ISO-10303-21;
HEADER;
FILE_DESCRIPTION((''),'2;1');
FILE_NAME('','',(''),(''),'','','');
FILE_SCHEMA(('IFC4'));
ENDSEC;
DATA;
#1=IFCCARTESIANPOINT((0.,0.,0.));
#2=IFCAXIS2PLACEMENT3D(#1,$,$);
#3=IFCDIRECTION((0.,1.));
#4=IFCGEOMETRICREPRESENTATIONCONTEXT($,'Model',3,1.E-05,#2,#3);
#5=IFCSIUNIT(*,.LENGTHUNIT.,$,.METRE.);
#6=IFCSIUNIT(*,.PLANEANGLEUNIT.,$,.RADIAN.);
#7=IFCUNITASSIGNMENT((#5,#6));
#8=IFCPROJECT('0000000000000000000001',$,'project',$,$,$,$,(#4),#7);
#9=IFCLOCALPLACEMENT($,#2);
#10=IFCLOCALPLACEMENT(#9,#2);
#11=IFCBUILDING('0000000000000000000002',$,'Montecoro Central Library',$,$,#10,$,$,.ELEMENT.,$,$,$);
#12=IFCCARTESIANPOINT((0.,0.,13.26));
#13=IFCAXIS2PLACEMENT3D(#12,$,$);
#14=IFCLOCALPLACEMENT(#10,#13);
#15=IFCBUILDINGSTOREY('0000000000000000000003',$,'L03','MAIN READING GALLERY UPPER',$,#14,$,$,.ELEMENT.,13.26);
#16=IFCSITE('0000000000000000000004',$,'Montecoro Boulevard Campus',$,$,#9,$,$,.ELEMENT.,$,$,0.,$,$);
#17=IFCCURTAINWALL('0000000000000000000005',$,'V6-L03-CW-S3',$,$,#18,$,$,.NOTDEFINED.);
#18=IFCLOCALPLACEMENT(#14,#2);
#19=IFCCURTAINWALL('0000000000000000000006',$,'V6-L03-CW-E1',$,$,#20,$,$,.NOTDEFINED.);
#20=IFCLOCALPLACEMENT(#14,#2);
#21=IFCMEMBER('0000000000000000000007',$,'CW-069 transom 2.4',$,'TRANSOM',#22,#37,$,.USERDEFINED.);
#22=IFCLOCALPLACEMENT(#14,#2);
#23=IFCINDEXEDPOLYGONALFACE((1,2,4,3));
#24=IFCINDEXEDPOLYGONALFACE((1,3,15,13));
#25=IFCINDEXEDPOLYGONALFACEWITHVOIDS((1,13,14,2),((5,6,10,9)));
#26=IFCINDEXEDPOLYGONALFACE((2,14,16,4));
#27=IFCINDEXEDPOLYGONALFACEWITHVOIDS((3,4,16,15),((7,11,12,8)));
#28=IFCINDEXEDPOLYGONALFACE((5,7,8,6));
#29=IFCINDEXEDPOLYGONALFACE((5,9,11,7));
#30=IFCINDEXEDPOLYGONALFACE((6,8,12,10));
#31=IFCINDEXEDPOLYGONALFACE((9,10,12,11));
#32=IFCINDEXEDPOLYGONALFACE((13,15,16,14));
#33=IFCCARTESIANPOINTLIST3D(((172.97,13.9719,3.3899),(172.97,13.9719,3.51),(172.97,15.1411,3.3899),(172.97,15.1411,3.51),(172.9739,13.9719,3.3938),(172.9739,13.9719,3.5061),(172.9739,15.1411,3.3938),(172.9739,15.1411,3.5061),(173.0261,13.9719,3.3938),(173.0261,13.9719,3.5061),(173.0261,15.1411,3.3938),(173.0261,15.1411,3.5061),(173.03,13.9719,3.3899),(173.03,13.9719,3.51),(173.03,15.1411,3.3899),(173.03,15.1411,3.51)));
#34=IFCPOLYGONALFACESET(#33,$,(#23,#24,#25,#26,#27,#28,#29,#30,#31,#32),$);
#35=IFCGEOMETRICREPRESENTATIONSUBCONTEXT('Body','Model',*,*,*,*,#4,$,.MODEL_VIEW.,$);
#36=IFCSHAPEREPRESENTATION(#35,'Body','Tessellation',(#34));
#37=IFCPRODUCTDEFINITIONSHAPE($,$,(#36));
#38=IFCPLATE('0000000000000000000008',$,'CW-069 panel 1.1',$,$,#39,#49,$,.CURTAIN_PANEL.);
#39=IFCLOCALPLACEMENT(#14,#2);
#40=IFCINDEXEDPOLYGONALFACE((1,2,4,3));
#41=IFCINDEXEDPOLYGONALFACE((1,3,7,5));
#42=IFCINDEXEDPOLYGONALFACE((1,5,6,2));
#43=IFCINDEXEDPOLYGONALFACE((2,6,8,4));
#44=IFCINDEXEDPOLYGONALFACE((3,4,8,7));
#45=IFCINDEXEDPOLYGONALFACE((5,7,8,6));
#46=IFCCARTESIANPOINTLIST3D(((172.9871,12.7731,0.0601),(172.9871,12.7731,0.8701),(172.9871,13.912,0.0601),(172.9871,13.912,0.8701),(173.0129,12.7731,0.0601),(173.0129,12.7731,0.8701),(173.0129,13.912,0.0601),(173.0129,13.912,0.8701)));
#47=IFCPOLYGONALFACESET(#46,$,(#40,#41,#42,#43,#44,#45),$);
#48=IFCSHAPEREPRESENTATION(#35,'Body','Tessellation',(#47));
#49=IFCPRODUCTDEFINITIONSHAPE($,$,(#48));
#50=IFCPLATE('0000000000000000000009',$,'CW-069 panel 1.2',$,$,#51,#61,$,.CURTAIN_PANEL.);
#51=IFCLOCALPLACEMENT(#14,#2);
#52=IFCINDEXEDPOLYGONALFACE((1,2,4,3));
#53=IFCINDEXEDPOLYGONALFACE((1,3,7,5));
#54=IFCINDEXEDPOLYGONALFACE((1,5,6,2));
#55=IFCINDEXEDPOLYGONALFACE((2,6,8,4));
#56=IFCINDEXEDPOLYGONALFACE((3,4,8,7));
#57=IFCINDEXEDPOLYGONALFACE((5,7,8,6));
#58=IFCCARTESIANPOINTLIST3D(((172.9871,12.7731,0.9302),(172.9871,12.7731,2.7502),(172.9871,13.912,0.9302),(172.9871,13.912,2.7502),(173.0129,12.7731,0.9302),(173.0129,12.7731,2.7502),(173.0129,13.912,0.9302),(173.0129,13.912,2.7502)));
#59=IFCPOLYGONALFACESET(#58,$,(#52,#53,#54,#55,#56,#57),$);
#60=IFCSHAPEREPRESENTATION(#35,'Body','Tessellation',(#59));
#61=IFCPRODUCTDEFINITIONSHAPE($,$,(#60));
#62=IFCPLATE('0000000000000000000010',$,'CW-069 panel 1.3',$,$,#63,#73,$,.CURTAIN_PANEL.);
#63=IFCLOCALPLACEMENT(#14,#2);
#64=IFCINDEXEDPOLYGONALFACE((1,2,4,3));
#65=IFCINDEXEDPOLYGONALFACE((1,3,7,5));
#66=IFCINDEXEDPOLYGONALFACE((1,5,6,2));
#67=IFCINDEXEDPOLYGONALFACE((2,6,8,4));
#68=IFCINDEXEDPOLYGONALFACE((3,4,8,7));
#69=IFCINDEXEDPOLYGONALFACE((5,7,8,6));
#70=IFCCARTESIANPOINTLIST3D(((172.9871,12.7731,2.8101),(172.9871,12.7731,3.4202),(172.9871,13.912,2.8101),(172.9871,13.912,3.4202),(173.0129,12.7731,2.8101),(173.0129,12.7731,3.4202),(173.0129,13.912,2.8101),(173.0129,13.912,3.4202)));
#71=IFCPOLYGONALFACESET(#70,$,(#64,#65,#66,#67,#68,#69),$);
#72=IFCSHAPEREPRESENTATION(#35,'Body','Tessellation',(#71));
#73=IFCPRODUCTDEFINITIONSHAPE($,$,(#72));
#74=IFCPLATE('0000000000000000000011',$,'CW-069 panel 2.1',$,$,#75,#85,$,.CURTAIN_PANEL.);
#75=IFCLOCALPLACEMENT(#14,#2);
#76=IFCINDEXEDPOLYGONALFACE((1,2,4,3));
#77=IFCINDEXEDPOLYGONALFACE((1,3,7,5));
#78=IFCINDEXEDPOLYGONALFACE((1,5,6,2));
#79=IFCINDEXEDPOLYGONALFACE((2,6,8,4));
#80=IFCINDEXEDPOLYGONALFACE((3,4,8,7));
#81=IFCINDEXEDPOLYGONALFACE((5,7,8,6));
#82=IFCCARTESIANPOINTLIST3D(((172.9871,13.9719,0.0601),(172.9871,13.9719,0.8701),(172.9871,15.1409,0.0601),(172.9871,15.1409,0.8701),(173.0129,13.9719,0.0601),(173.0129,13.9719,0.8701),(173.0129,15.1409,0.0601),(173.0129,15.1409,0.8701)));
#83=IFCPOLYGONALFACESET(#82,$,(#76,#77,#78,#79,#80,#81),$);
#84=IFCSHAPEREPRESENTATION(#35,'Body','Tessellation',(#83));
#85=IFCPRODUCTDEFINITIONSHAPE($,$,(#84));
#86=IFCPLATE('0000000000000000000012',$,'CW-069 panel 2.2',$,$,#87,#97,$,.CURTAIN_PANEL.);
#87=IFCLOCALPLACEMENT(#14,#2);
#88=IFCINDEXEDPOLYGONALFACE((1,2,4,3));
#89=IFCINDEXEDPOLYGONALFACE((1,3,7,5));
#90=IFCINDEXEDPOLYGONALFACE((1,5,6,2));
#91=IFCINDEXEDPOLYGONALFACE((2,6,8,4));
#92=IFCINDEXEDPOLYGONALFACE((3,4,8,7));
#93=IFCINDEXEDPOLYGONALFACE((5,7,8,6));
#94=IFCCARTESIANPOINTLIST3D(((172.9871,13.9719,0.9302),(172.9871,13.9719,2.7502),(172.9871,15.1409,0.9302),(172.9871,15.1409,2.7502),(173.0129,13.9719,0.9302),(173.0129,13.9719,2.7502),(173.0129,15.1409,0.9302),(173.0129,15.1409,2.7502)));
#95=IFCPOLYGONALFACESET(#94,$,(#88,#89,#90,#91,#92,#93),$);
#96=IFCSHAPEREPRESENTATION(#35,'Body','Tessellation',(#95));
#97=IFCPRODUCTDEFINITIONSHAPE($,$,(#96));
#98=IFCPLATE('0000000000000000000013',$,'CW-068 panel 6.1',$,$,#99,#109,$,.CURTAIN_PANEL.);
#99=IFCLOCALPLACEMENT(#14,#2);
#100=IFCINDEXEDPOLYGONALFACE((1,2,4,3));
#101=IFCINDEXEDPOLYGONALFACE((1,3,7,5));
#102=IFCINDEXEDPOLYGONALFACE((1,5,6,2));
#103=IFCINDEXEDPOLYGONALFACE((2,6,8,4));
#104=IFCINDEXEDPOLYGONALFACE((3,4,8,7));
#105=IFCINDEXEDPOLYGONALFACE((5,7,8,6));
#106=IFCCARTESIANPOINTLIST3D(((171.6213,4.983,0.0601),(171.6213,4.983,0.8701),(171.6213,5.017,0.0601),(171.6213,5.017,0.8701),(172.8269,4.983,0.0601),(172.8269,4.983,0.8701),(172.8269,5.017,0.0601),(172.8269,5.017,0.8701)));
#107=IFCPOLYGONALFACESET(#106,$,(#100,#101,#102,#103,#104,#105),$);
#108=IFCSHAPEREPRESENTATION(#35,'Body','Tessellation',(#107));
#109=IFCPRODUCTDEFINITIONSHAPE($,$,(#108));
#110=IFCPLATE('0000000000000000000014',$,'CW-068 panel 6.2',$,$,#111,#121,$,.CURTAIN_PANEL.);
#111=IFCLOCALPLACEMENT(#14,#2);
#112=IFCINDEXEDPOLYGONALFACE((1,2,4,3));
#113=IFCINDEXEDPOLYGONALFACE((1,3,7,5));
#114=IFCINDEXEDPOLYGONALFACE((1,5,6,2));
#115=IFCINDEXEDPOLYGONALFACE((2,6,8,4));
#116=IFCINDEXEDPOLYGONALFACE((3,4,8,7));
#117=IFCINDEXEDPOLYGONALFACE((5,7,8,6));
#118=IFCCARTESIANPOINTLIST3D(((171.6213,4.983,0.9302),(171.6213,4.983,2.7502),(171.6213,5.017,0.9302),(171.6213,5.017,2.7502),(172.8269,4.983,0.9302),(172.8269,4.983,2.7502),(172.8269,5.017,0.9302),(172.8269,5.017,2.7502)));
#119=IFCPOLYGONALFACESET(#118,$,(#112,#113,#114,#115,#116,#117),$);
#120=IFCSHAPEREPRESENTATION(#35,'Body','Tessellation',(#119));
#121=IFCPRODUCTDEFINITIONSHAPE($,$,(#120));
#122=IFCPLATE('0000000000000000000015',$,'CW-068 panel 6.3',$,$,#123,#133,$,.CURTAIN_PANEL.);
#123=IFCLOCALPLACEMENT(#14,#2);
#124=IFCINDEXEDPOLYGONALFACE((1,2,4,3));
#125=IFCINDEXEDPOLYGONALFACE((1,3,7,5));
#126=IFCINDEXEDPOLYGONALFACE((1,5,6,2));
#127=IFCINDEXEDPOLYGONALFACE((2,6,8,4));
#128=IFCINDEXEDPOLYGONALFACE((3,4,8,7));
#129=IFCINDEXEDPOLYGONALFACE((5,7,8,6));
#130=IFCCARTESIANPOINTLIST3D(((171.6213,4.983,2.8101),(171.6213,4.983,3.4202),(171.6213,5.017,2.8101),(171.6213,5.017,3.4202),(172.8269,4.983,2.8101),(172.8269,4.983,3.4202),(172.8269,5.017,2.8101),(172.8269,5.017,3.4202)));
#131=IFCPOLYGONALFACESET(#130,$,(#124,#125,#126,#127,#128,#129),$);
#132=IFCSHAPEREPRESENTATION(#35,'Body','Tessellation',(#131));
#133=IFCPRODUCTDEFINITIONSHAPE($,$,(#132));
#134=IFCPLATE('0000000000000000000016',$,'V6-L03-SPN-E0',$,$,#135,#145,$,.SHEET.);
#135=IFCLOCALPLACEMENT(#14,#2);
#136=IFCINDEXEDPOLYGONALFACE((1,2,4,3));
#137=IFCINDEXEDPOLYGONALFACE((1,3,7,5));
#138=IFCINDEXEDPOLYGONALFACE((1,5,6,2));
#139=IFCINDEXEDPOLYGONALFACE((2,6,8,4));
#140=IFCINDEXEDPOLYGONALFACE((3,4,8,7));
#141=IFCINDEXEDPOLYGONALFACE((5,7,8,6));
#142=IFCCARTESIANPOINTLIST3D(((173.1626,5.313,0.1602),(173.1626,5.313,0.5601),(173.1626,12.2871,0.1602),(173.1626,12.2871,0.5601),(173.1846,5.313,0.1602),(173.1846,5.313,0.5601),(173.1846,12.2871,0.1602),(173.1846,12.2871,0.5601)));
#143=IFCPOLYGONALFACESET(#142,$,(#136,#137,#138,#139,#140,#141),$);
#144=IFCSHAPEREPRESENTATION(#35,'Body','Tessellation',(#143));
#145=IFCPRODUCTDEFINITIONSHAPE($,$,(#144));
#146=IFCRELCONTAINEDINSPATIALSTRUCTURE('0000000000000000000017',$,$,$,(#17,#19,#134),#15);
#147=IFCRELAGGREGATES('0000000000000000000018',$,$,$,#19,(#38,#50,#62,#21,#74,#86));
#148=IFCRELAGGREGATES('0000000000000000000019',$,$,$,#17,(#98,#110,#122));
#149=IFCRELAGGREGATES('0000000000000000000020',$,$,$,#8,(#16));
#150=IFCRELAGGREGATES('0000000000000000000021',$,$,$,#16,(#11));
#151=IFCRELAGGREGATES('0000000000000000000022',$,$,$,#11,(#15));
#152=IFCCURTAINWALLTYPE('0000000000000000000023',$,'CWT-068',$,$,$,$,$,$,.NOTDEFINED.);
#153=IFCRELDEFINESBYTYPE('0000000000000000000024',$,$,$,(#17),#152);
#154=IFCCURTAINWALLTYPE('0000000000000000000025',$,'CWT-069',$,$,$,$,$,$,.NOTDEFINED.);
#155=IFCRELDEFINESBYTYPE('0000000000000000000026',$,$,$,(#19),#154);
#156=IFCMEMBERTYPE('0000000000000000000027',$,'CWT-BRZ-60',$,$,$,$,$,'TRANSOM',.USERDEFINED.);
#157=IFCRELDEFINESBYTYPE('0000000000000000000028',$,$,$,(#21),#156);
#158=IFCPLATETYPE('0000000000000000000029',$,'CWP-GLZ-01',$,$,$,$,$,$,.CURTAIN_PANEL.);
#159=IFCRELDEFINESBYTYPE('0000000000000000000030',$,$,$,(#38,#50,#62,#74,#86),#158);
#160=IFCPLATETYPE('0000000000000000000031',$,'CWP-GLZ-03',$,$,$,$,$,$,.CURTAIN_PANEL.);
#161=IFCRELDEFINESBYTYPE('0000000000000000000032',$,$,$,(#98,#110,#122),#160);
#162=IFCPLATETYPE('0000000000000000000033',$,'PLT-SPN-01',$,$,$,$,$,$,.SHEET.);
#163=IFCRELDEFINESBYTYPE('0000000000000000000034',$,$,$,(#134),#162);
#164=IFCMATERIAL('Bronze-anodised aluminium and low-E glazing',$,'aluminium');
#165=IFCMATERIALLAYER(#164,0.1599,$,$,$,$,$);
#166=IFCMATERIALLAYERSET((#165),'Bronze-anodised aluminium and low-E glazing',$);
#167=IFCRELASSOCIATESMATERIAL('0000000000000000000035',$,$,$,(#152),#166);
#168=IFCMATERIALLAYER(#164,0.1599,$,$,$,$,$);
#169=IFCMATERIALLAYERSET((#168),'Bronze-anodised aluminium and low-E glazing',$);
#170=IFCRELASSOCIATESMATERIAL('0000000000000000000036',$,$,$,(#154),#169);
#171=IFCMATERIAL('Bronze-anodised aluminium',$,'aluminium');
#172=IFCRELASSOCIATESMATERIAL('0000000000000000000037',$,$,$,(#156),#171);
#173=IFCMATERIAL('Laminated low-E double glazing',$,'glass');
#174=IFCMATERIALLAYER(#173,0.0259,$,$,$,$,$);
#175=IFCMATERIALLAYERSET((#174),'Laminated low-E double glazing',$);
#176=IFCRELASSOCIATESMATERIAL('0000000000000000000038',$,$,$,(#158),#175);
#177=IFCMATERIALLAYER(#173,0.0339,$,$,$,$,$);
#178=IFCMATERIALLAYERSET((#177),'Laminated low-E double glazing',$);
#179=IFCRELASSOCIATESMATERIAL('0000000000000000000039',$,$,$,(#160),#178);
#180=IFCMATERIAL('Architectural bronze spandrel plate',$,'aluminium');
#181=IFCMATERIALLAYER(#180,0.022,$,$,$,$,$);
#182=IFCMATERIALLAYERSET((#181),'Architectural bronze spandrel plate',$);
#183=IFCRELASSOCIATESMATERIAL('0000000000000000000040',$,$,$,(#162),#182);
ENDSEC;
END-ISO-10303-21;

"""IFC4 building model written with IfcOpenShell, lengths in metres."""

from ifc_helpers import new_model, si_unit, direction, frame, origin, origin_2d, place, context, subcontext, project, spatial, rectangle, hollow_rectangle, extrude, material, layer, layer_set, material_profile, profile_set, type_object, element, aggregate, save


model = new_model("IFC4")

# Units and contexts
model_context = context("Model", 3, precision=1e-05, world=origin(), true_north=direction((0.0, 1.0)))
body_context = subcontext(model_context, "Body", "Model", "MODEL_VIEW")
ifc_project = project(units=[si_unit("LENGTHUNIT", "METRE"), si_unit("PLANEANGLEUNIT", "RADIAN")], contexts=[model_context])

# Site, building, storey
site_placement = place(None, origin())
site = spatial("IfcSite", under=ifc_project, at=site_placement, Name="Montecoro Boulevard Campus", CompositionType="ELEMENT", RefElevation=0.0)
building_placement = place(site_placement, origin())
building = spatial("IfcBuilding", under=site, at=building_placement, Name="Montecoro Central Library", CompositionType="ELEMENT")
storey_placement = place(building_placement, frame((0.0, 0.0, 13.26)))
storey = spatial("IfcBuildingStorey", under=building, at=storey_placement, Name="L03", Description="MAIN READING GALLERY UPPER", CompositionType="ELEMENT", Elevation=13.26)

# Curtain wall
ifc_material_1 = material(Name="Bronze-anodised aluminium and low-E glazing", Category="aluminium")
ifc_layer_1 = layer(ifc_material_1, 0.1599)
ifc_layer_set_1 = layer_set([ifc_layer_1], Name="Bronze-anodised aluminium and low-E glazing")
curtain_wall_type_1 = type_object("IfcCurtainWallType", Name="CWT-068", PredefinedType="NOTDEFINED", material=ifc_layer_set_1)
curtain_wall_1_placement = place(storey_placement, origin())
curtain_wall_1 = element("IfcCurtainWall", 1, at=curtain_wall_1_placement, inside=storey, type_object=curtain_wall_type_1, Name="V6-L03-CW-S3", PredefinedType="NOTDEFINED")
ifc_material_2 = material(Name="Bronze-anodised aluminium", Category="aluminium")

# Curtain wall
ifc_layer_2 = layer(ifc_material_1, 0.1599)
ifc_layer_set_2 = layer_set([ifc_layer_2], Name="Bronze-anodised aluminium and low-E glazing")
curtain_wall_type_2 = type_object("IfcCurtainWallType", Name="CWT-069", PredefinedType="NOTDEFINED", material=ifc_layer_set_2)
curtain_wall_2_placement = place(storey_placement, origin())
curtain_wall_2 = element("IfcCurtainWall", 2, at=curtain_wall_2_placement, inside=storey, type_object=curtain_wall_type_2, Name="V6-L03-CW-E1", PredefinedType="NOTDEFINED")

# Member
ifc_material_profile_1 = material_profile(ifc_material_2, hollow_rectangle(XDim=0.0601, YDim=0.1201, WallThickness=0.0039, at=origin_2d()), Name="CWT 120x60x4.0")
ifc_profile_set_1 = profile_set([ifc_material_profile_1], Name="Bronze-anodised aluminium")
member_type_1 = type_object("IfcMemberType", Name="CWT-BRZ-60", ElementType="TRANSOM", PredefinedType="USERDEFINED", material=ifc_profile_set_1)
member_1_placement = place(storey_placement, frame((173.0, 13.9719, 3.45), z_axis=(0.0, 1.0, 0.0), x_axis=(-1.0, 0.0, 0.0)))
member_1 = element("IfcMember", 3, at=member_1_placement, type_object=member_type_1, Name="CW-069 transom 2.4", ObjectType="TRANSOM", PredefinedType="USERDEFINED", context=body_context, shape_type="SweptSolid", body=[
    extrude(hollow_rectangle(XDim=0.0601, YDim=0.1201, WallThickness=0.0039, at=origin_2d()), origin(), (0.0, 0.0, 1.0), 1.1692),
])

# Plates
ifc_material_3 = material(Name="Laminated low-E double glazing", Category="glass")
ifc_layer_3 = layer(ifc_material_3, 0.0259)
ifc_layer_set_3 = layer_set([ifc_layer_3], Name="Laminated low-E double glazing")
plate_type_1 = type_object("IfcPlateType", Name="CWP-GLZ-01", PredefinedType="CURTAIN_PANEL", material=ifc_layer_set_3)
plate_1_placement = place(storey_placement, frame((173.0, 13.3425, 0.0601), z_axis=(0.0, 0.0, 1.0), x_axis=(0.0, 1.0, 0.0)))
plate_1 = element("IfcPlate", 4, at=plate_1_placement, type_object=plate_type_1, Name="CW-069 panel 1.1", PredefinedType="CURTAIN_PANEL", context=body_context, shape_type="SweptSolid", body=[
    extrude(rectangle(XDim=1.1389, YDim=0.0259, at=origin_2d()), origin(), (0.0, 0.0, 1.0), 0.8101),
])
plate_2_placement = place(storey_placement, frame((173.0, 13.3425, 0.9302), z_axis=(0.0, 0.0, 1.0), x_axis=(0.0, 1.0, 0.0)))
plate_2 = element("IfcPlate", 5, at=plate_2_placement, type_object=plate_type_1, Name="CW-069 panel 1.2", PredefinedType="CURTAIN_PANEL", context=body_context, shape_type="SweptSolid", body=[
    extrude(rectangle(XDim=1.1389, YDim=0.0259, at=origin_2d()), origin(), (0.0, 0.0, 1.0), 1.8201),
])
plate_3_placement = place(storey_placement, frame((173.0, 13.3425, 2.8101), z_axis=(0.0, 0.0, 1.0), x_axis=(0.0, 1.0, 0.0)))
plate_3 = element("IfcPlate", 6, at=plate_3_placement, type_object=plate_type_1, Name="CW-069 panel 1.3", PredefinedType="CURTAIN_PANEL", context=body_context, shape_type="SweptSolid", body=[
    extrude(rectangle(XDim=1.1389, YDim=0.0259, at=origin_2d()), origin(), (0.0, 0.0, 1.0), 0.6101),
])
plate_4_placement = place(storey_placement, frame((173.0, 14.5564, 0.0601), z_axis=(0.0, 0.0, 1.0), x_axis=(0.0, 1.0, 0.0)))
plate_4 = element("IfcPlate", 7, at=plate_4_placement, type_object=plate_type_1, Name="CW-069 panel 2.1", PredefinedType="CURTAIN_PANEL", context=body_context, shape_type="SweptSolid", body=[
    extrude(rectangle(XDim=1.1689, YDim=0.0259, at=origin_2d()), origin(), (0.0, 0.0, 1.0), 0.8101),
])
plate_5_placement = place(storey_placement, frame((173.0, 14.5564, 0.9302), z_axis=(0.0, 0.0, 1.0), x_axis=(0.0, 1.0, 0.0)))
plate_5 = element("IfcPlate", 8, at=plate_5_placement, type_object=plate_type_1, Name="CW-069 panel 2.2", PredefinedType="CURTAIN_PANEL", context=body_context, shape_type="SweptSolid", body=[
    extrude(rectangle(XDim=1.1689, YDim=0.0259, at=origin_2d()), origin(), (0.0, 0.0, 1.0), 1.8201),
])
aggregate(curtain_wall_2, [plate_1, plate_2, plate_3, member_1, plate_4, plate_5])
ifc_layer_4 = layer(ifc_material_3, 0.0339)
ifc_layer_set_4 = layer_set([ifc_layer_4], Name="Laminated low-E double glazing")
plate_type_2 = type_object("IfcPlateType", Name="CWP-GLZ-03", PredefinedType="CURTAIN_PANEL", material=ifc_layer_set_4)
plate_6_placement = place(storey_placement, frame((172.2241, 5.0, 0.0601), z_axis=(0.0, 0.0, 1.0), x_axis=(1.0, 0.0, 0.0)))
plate_6 = element("IfcPlate", 9, at=plate_6_placement, type_object=plate_type_2, Name="CW-068 panel 6.1", PredefinedType="CURTAIN_PANEL", context=body_context, shape_type="SweptSolid", body=[
    extrude(rectangle(XDim=1.2056, YDim=0.0339, at=origin_2d()), origin(), (0.0, 0.0, 1.0), 0.8101),
])
plate_7_placement = place(storey_placement, frame((172.2241, 5.0, 0.9302), z_axis=(0.0, 0.0, 1.0), x_axis=(1.0, 0.0, 0.0)))
plate_7 = element("IfcPlate", 10, at=plate_7_placement, type_object=plate_type_2, Name="CW-068 panel 6.2", PredefinedType="CURTAIN_PANEL", context=body_context, shape_type="SweptSolid", body=[
    extrude(rectangle(XDim=1.2056, YDim=0.0339, at=origin_2d()), origin(), (0.0, 0.0, 1.0), 1.8201),
])
plate_8_placement = place(storey_placement, frame((172.2241, 5.0, 2.8101), z_axis=(0.0, 0.0, 1.0), x_axis=(1.0, 0.0, 0.0)))
plate_8 = element("IfcPlate", 11, at=plate_8_placement, type_object=plate_type_2, Name="CW-068 panel 6.3", PredefinedType="CURTAIN_PANEL", context=body_context, shape_type="SweptSolid", body=[
    extrude(rectangle(XDim=1.2056, YDim=0.0339, at=origin_2d()), origin(), (0.0, 0.0, 1.0), 0.6101),
])
aggregate(curtain_wall_1, [plate_6, plate_7, plate_8])
ifc_material_4 = material(Name="Architectural bronze spandrel plate", Category="aluminium")
ifc_layer_5 = layer(ifc_material_4, 0.022)
ifc_layer_set_5 = layer_set([ifc_layer_5], Name="Architectural bronze spandrel plate")
plate_type_3 = type_object("IfcPlateType", Name="PLT-SPN-01", PredefinedType="SHEET", material=ifc_layer_set_5)
plate_9_placement = place(storey_placement, frame((173.1736, 8.8, 0.1602), z_axis=(0.0, 0.0, 1.0), x_axis=(0.0, 1.0, 0.0)))
element("IfcPlate", 12, at=plate_9_placement, inside=storey, type_object=plate_type_3, Name="V6-L03-SPN-E0", PredefinedType="SHEET", context=body_context, shape_type="SweptSolid", body=[
    extrude(rectangle(XDim=6.9741, YDim=0.022, at=origin_2d()), origin(), (0.0, 0.0, 1.0), 0.3999),
])

save(model, "model.ifc")
